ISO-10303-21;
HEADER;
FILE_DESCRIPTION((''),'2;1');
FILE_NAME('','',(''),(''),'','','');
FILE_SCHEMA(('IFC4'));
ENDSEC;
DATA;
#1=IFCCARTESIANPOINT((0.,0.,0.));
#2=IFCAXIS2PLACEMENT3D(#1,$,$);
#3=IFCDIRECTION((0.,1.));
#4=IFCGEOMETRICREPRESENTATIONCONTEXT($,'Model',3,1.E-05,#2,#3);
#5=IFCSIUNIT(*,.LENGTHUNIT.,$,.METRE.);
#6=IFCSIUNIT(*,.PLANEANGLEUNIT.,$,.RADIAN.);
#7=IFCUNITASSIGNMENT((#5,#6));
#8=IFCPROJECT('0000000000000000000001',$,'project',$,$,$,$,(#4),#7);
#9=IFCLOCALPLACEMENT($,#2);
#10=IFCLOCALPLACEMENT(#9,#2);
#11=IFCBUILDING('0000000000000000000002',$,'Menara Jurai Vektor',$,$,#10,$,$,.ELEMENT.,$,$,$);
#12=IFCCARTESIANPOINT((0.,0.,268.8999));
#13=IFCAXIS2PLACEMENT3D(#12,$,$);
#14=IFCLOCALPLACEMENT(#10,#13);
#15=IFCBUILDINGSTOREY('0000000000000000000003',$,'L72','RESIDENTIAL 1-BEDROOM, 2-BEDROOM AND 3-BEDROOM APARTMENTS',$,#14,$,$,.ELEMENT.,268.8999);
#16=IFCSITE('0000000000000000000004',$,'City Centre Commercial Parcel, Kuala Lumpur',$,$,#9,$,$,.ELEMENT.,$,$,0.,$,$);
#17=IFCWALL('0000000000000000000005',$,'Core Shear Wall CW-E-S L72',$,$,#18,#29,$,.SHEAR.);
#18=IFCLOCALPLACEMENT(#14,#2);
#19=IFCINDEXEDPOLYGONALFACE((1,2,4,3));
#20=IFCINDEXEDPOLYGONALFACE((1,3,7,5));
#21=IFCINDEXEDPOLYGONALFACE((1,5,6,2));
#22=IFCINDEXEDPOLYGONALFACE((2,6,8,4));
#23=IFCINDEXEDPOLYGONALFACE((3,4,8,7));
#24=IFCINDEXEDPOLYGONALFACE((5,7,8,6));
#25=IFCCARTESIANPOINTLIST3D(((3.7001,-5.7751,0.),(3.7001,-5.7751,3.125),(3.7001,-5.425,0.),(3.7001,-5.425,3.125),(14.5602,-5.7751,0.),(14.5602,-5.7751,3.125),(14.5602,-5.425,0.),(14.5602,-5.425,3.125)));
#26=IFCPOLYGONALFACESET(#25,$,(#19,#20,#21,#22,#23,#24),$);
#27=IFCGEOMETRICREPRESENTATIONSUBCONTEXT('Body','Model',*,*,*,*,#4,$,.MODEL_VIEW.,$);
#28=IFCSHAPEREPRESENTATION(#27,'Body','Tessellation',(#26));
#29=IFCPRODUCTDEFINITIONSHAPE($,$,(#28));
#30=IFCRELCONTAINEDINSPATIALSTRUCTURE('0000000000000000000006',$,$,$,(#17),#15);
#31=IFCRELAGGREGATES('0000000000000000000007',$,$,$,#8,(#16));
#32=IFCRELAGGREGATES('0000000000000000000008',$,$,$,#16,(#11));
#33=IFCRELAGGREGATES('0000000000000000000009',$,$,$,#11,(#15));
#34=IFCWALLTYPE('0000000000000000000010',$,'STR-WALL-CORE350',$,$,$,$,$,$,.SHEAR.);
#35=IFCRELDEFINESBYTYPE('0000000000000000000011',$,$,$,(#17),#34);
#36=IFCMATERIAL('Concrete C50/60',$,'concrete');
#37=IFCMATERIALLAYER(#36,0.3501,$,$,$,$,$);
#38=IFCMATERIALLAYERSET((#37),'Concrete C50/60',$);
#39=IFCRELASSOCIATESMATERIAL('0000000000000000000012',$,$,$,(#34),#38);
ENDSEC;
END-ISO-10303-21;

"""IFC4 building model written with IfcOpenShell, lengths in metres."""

from ifc_helpers import new_model, si_unit, direction, frame, frame_2d, origin, place, context, subcontext, project, spatial, rectangle, extrude, material, layer, layer_set, type_object, element, save


model = new_model("IFC4")

# Units and contexts
model_context = context("Model", 3, precision=1e-05, world=origin(), true_north=direction((0.0, 1.0)))
body_context = subcontext(model_context, "Body", "Model", "MODEL_VIEW")
ifc_project = project(units=[si_unit("LENGTHUNIT", "METRE"), si_unit("PLANEANGLEUNIT", "RADIAN")], contexts=[model_context])

# Site, building, storey
site_placement = place(None, origin())
site = spatial("IfcSite", under=ifc_project, at=site_placement, Name="City Centre Commercial Parcel, Kuala Lumpur", CompositionType="ELEMENT", RefElevation=0.0)
building_placement = place(site_placement, origin())
building = spatial("IfcBuilding", under=site, at=building_placement, Name="Menara Jurai Vektor", CompositionType="ELEMENT")
storey_placement = place(building_placement, frame((0.0, 0.0, 268.8999)))
storey = spatial("IfcBuildingStorey", under=building, at=storey_placement, Name="L72", Description="RESIDENTIAL 1-BEDROOM, 2-BEDROOM AND 3-BEDROOM APARTMENTS", CompositionType="ELEMENT", Elevation=268.8999)

# Shared definitions
ifc_material_1 = material(Name="Concrete C50/60", Category="concrete")

# Wall
ifc_layer_1 = layer(ifc_material_1, 0.3501)
ifc_layer_set_1 = layer_set([ifc_layer_1], Name="Concrete C50/60")
wall_type_1 = type_object("IfcWallType", Name="STR-WALL-CORE350", PredefinedType="SHEAR", material=ifc_layer_set_1)
wall_1_placement = place(storey_placement, frame((3.7, -5.6001, 0.0), z_axis=(0.0, 0.0, 1.0), x_axis=(1.0, 0.0, 0.0)))
element("IfcWall", 1, at=wall_1_placement, inside=storey, type_object=wall_type_1, Name="Core Shear Wall CW-E-S L72", PredefinedType="SHEAR", context=body_context, shape_type="SweptSolid", body=[
    extrude(rectangle(XDim=10.8601, YDim=0.3501, at=frame_2d((5.4302, 0.0))), origin(), (0.0, 0.0, 1.0), 3.125),
])

save(model, "model.ifc")
